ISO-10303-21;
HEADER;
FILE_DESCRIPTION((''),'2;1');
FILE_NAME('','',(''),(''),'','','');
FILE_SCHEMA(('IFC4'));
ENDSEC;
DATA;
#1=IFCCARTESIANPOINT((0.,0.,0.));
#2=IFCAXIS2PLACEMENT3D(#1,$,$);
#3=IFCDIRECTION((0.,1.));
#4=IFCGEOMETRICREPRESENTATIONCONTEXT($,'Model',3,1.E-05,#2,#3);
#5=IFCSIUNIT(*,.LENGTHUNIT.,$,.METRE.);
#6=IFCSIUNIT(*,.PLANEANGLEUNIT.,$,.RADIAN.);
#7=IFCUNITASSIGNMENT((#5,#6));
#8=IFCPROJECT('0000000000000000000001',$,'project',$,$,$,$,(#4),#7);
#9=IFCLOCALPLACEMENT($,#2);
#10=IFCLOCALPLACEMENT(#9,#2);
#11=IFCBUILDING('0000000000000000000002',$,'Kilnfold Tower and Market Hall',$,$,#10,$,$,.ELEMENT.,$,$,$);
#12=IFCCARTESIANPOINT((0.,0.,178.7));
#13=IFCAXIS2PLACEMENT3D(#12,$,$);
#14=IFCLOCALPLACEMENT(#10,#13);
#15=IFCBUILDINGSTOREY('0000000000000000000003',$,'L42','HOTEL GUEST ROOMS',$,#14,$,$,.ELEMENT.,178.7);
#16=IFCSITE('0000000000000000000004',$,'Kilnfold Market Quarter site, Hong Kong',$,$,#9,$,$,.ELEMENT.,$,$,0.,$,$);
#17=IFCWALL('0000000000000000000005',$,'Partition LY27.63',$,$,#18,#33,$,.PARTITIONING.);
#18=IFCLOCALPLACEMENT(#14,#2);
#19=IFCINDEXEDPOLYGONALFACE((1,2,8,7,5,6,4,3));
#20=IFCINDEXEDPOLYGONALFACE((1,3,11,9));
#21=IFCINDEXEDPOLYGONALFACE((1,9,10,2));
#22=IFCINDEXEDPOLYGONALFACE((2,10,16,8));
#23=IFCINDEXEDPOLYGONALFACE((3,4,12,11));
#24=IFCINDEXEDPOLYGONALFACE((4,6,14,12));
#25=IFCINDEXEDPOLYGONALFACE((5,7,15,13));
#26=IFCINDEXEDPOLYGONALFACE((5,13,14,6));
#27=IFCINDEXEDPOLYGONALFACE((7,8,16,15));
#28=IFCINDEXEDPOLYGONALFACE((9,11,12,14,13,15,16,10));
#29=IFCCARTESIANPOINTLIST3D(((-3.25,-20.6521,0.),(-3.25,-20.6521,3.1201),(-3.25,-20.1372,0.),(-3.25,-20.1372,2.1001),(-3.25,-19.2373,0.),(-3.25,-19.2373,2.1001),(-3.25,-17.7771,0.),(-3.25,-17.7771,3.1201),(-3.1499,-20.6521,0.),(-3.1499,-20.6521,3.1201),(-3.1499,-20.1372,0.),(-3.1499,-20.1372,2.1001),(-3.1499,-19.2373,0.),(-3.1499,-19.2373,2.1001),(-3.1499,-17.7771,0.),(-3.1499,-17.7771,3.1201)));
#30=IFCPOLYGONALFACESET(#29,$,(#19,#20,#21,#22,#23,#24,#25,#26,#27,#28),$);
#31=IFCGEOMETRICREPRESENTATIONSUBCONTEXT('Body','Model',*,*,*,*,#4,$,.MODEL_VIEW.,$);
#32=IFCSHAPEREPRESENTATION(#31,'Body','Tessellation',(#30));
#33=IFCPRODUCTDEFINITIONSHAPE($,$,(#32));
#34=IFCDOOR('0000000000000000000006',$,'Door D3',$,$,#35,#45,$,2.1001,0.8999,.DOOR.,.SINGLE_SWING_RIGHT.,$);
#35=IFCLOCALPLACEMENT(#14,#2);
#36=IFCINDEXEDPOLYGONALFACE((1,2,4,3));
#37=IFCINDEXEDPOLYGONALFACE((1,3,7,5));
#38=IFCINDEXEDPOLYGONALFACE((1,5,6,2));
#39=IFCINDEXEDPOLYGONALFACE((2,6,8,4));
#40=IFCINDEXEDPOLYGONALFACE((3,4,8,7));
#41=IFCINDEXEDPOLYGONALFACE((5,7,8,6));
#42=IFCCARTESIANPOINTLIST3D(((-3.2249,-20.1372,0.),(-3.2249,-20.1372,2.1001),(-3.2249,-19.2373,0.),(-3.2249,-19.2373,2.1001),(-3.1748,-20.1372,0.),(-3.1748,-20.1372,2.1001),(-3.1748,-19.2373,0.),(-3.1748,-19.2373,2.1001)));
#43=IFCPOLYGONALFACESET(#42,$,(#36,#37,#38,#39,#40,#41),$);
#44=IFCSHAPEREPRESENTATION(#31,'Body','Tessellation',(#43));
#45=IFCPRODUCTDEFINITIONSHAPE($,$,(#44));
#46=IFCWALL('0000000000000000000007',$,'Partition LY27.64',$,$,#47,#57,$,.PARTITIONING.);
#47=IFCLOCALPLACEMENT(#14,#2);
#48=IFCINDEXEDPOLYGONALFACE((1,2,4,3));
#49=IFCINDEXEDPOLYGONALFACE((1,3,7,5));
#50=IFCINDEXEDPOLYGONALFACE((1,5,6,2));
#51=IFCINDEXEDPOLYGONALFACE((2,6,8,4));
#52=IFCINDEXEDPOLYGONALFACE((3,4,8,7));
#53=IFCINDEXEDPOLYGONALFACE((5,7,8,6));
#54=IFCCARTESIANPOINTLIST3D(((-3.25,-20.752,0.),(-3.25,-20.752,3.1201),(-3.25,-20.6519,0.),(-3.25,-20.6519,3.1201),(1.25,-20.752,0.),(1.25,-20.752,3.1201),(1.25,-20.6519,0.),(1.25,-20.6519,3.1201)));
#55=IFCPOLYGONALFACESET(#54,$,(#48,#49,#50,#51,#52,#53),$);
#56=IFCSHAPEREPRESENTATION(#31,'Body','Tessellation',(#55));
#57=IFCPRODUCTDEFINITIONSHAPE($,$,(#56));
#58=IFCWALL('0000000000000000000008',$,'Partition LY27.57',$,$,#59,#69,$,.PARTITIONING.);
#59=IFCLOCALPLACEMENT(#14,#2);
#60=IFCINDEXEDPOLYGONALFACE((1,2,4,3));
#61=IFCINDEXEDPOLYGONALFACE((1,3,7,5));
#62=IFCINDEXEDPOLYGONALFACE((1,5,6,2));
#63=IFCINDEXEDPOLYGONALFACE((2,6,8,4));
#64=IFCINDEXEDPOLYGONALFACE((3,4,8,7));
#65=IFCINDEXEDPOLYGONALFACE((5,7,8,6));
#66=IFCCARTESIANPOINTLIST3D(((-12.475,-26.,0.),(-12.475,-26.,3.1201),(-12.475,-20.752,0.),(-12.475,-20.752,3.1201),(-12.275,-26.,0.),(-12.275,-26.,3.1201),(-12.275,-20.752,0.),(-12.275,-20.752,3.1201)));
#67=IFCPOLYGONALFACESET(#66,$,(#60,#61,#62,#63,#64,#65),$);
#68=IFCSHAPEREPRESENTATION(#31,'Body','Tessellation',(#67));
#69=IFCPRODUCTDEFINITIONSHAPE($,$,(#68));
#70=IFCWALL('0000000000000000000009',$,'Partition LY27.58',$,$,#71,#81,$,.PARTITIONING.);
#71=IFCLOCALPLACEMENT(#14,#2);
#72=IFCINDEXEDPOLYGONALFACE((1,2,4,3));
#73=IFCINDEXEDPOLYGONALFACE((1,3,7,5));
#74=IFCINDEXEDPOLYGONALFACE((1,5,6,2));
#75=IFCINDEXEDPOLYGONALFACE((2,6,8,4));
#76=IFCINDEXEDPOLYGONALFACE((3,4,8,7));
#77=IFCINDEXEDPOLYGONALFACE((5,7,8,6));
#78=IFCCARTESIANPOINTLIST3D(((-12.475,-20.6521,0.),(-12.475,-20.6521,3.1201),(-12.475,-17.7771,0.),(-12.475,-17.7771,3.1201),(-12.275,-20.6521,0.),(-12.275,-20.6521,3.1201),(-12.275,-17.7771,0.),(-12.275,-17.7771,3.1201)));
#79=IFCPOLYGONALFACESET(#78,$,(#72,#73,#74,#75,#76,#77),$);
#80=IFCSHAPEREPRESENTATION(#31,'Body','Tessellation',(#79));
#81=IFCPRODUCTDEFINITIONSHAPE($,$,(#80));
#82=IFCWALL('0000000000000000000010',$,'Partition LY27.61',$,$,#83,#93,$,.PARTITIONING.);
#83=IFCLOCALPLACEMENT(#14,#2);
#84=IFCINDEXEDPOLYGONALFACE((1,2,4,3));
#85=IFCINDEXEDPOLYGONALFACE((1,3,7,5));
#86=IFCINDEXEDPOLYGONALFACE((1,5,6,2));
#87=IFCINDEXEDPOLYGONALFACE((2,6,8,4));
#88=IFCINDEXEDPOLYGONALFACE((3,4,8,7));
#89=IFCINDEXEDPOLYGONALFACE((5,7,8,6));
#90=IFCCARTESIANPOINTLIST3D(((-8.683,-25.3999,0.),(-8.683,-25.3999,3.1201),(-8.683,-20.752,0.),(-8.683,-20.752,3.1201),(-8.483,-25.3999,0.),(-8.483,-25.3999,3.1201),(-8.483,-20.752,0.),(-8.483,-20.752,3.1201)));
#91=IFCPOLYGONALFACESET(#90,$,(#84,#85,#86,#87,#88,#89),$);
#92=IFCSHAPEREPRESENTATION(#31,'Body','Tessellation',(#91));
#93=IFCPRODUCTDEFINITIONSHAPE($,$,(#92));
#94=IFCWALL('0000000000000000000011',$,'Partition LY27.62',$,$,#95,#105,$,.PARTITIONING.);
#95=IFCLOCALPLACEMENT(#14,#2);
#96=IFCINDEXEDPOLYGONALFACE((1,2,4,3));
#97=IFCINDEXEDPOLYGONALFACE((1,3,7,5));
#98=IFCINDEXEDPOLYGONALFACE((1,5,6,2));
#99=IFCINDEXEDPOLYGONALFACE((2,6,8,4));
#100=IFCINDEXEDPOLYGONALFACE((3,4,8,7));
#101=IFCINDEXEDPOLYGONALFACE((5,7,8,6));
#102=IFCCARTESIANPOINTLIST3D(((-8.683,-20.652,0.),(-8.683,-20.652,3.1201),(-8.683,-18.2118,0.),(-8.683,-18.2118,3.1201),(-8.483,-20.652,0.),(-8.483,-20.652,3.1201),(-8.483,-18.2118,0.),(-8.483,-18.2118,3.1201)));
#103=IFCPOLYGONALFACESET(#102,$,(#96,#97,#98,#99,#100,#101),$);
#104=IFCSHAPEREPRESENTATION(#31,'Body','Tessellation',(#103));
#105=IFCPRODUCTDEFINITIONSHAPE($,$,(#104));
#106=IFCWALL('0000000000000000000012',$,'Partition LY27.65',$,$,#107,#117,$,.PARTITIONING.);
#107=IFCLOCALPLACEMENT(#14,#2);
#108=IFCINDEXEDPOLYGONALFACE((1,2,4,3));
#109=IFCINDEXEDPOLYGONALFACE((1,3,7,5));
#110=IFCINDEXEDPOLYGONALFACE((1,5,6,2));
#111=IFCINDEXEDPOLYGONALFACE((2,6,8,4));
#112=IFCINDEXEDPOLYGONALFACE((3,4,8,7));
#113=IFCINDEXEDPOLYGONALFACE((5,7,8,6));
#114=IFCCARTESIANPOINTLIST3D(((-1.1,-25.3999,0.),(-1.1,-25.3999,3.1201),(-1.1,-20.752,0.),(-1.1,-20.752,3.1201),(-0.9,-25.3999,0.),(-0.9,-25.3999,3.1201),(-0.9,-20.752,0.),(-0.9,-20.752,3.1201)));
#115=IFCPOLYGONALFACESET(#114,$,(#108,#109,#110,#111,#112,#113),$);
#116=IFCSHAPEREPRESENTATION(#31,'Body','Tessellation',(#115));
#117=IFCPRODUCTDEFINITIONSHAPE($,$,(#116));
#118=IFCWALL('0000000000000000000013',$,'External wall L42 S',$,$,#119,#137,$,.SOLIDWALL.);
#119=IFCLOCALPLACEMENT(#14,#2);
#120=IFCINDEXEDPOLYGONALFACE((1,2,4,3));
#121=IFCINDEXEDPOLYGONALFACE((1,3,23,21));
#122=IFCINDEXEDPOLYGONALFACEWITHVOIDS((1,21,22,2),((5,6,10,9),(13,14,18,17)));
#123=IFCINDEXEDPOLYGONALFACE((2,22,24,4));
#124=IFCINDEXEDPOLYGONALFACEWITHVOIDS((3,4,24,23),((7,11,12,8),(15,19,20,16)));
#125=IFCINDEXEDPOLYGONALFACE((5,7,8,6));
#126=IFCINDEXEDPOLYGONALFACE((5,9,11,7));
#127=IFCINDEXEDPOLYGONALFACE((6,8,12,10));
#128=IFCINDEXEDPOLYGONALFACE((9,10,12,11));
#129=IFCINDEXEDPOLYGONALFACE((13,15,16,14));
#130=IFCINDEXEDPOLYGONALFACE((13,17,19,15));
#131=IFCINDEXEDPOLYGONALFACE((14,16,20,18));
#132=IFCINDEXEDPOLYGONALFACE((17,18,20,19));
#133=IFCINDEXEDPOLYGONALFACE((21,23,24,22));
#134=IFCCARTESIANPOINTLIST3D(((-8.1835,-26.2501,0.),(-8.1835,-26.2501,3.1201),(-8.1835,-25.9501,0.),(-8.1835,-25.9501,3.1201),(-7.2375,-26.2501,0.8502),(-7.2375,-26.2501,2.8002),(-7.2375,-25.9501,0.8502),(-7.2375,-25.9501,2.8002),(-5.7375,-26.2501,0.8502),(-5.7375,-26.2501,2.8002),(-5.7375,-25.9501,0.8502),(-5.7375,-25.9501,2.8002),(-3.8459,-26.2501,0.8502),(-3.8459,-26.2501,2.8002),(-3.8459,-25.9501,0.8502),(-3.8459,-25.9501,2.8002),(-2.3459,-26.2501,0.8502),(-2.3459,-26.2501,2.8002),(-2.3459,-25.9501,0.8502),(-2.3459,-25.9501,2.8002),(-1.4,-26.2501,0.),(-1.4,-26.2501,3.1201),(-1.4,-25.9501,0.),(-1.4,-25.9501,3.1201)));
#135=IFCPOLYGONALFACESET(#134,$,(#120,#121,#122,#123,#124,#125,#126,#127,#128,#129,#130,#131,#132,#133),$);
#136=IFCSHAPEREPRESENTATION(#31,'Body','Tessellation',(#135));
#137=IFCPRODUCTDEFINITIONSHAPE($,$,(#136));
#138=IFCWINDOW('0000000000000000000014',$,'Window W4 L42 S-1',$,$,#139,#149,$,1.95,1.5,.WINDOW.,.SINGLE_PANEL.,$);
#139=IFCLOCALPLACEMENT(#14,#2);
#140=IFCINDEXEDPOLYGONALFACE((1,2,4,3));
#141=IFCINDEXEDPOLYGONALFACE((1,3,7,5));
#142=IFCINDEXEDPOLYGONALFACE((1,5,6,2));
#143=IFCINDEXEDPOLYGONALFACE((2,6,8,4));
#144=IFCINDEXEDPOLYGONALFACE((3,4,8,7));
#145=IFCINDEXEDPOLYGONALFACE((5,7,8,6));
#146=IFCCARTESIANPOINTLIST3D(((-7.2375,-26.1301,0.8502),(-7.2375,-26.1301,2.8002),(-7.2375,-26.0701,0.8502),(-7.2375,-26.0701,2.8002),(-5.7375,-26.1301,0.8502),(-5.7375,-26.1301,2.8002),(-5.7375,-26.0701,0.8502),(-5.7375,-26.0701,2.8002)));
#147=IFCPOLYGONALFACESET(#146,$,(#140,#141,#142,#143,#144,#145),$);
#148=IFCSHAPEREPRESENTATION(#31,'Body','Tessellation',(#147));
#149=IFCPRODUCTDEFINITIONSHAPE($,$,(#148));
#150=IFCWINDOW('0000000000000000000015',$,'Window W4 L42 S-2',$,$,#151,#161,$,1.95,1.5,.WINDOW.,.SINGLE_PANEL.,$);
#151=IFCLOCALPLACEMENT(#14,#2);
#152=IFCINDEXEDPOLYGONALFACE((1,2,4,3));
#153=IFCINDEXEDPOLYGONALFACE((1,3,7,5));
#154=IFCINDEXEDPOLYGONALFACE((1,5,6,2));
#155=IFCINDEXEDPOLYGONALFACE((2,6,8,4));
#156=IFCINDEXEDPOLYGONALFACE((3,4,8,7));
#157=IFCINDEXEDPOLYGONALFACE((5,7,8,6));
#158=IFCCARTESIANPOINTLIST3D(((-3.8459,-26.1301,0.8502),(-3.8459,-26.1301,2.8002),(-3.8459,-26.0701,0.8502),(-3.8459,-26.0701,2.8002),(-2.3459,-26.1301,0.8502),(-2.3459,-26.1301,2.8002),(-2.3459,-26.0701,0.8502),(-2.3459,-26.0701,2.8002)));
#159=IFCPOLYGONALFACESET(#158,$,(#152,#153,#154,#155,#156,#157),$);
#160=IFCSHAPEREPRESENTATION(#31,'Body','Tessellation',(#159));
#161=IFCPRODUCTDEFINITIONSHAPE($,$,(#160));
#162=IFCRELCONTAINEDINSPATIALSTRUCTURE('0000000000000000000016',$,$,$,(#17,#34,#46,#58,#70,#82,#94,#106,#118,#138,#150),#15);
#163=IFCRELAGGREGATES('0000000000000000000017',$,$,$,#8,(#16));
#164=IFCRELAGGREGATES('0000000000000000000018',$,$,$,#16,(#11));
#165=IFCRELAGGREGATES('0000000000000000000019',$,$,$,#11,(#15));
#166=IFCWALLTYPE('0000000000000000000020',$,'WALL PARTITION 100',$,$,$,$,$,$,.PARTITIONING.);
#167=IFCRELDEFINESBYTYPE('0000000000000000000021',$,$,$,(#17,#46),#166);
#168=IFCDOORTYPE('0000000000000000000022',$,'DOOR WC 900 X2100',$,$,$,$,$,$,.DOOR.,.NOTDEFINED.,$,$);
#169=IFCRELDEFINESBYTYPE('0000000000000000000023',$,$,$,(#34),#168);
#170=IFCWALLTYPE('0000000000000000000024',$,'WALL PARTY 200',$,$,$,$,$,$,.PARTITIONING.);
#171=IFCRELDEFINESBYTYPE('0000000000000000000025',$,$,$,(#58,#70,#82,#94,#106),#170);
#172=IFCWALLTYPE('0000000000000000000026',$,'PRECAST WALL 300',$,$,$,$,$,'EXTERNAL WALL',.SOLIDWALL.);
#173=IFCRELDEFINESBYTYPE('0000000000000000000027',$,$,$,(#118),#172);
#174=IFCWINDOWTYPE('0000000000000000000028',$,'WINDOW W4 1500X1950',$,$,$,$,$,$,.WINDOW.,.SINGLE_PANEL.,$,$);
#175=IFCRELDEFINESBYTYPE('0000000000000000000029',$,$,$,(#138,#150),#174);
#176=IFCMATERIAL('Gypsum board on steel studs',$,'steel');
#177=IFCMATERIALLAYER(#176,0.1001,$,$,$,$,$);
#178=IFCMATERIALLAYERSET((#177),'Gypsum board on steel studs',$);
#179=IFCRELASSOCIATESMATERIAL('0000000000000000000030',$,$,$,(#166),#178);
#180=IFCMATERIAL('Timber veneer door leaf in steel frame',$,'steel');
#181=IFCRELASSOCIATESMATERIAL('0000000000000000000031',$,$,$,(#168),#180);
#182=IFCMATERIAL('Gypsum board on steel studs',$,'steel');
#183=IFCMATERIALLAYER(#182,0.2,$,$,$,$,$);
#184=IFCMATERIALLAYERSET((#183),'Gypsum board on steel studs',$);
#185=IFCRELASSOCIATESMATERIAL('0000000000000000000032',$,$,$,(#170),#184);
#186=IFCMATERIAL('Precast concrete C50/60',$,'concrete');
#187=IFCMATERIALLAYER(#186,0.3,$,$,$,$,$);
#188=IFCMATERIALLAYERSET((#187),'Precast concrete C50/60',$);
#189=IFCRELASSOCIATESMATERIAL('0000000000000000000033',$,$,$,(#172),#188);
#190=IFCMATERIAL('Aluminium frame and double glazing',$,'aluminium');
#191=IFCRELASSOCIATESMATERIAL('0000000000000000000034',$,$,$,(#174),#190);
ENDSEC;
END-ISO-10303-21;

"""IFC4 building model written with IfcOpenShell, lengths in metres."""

from ifc_helpers import new_model, si_unit, direction, frame, frame_2d, origin, place, context, subcontext, project, spatial, rectangle, extrude, source, transform, mapped, material, layer, layer_set, type_object, element, fill, save


model = new_model("IFC4")

# Units and contexts
model_context = context("Model", 3, precision=1e-05, world=origin(), true_north=direction((0.0, 1.0)))
body_context = subcontext(model_context, "Body", "Model", "MODEL_VIEW")
ifc_project = project(units=[si_unit("LENGTHUNIT", "METRE"), si_unit("PLANEANGLEUNIT", "RADIAN")], contexts=[model_context])

# Site, building, storey
site_placement = place(None, origin())
site = spatial("IfcSite", under=ifc_project, at=site_placement, Name="Kilnfold Market Quarter site, Hong Kong", CompositionType="ELEMENT", RefElevation=0.0)
building_placement = place(site_placement, origin())
building = spatial("IfcBuilding", under=site, at=building_placement, Name="Kilnfold Tower and Market Hall", CompositionType="ELEMENT")
storey_placement = place(building_placement, frame((0.0, 0.0, 178.7)))
storey = spatial("IfcBuildingStorey", under=building, at=storey_placement, Name="L42", Description="HOTEL GUEST ROOMS", CompositionType="ELEMENT", Elevation=178.7)

# Shared definitions
ifc_material_1 = material(Name="Gypsum board on steel studs", Category="steel")
ifc_layer_1 = layer(ifc_material_1, 0.1001)
ifc_layer_set_1 = layer_set([ifc_layer_1], Name="Gypsum board on steel studs")
wall_type_1 = type_object("IfcWallType", Name="WALL PARTITION 100", PredefinedType="PARTITIONING", material=ifc_layer_set_1)
ifc_material_2 = material(Name="Timber veneer door leaf in steel frame", Category="steel")
door_type = type_object("IfcDoorType", Name="DOOR WC 900 X2100", OperationType="NOTDEFINED", PredefinedType="DOOR", material=ifc_material_2)

# Wall, opening, door
wall_1_placement = place(storey_placement, frame((-3.2, -20.6521, 0.0), z_axis=(0.0, 0.0, 1.0), x_axis=(0.0, 1.0, 0.0)))
wall_1 = element("IfcWall", 1, at=wall_1_placement, inside=storey, type_object=wall_type_1, Name="Partition LY27.63", PredefinedType="PARTITIONING", context=body_context, shape_type="SweptSolid", body=[
    extrude(rectangle(XDim=2.875, YDim=0.1001, at=frame_2d((1.4375, 0.0))), origin(), (0.0, 0.0, 1.0), 3.1201),
])
opening_1_placement = place(wall_1_placement, frame((0.5149, 0.0, 0.0)))
opening_1 = element("IfcOpeningElement", 2, at=opening_1_placement, cuts=wall_1, PredefinedType="OPENING", context=body_context, shape_type="SweptSolid", body=[
    extrude(rectangle(XDim=0.8999, YDim=2.1001, at=frame_2d((0.45, 1.05))), frame((0.0, 0.0601, 0.0), z_axis=(0.0, -1.0, 0.0), x_axis=(1.0, 0.0, 0.0)), (0.0, 0.0, 1.0), 0.1201),
])
door_1_placement = place(opening_1_placement, origin())
door_1 = element("IfcDoor", 3, at=door_1_placement, inside=storey, type_object=door_type, Name="Door D3", OperationType="SINGLE_SWING_RIGHT", OverallHeight=2.1001, OverallWidth=0.8999, PredefinedType="DOOR", context=body_context, shape_type="SweptSolid", body=[
    extrude(rectangle(XDim=0.8999, YDim=2.1001, at=frame_2d((0.45, 1.05))), frame((0.0, 0.0249, 0.0), z_axis=(0.0, -1.0, 0.0), x_axis=(1.0, 0.0, 0.0)), (0.0, 0.0, 1.0), 0.05),
])
fill(opening_1, door_1)

# Walls
wall_2_placement = place(storey_placement, frame((-3.25, -20.7019, 0.0), z_axis=(0.0, 0.0, 1.0), x_axis=(1.0, 0.0, 0.0)))
element("IfcWall", 4, at=wall_2_placement, inside=storey, type_object=wall_type_1, Name="Partition LY27.64", PredefinedType="PARTITIONING", context=body_context, shape_type="SweptSolid", body=[
    extrude(rectangle(XDim=4.5, YDim=0.1001, at=frame_2d((2.25, 0.0))), origin(), (0.0, 0.0, 1.0), 3.1201),
])
ifc_material_3 = material(Name="Gypsum board on steel studs", Category="steel")
ifc_layer_2 = layer(ifc_material_3, 0.2)
ifc_layer_set_2 = layer_set([ifc_layer_2], Name="Gypsum board on steel studs")
wall_type_2 = type_object("IfcWallType", Name="WALL PARTY 200", PredefinedType="PARTITIONING", material=ifc_layer_set_2)
wall_3_placement = place(storey_placement, frame((-12.375, -26.0, 0.0), z_axis=(0.0, 0.0, 1.0), x_axis=(0.0, 1.0, 0.0)))
element("IfcWall", 5, at=wall_3_placement, inside=storey, type_object=wall_type_2, Name="Partition LY27.57", PredefinedType="PARTITIONING", context=body_context, shape_type="SweptSolid", body=[
    extrude(rectangle(XDim=5.248, YDim=0.2, at=frame_2d((2.624, 0.0))), origin(), (0.0, 0.0, 1.0), 3.1201),
])
wall_4_placement = place(storey_placement, frame((-12.375, -20.6521, 0.0), z_axis=(0.0, 0.0, 1.0), x_axis=(0.0, 1.0, 0.0)))
element("IfcWall", 6, at=wall_4_placement, inside=storey, type_object=wall_type_2, Name="Partition LY27.58", PredefinedType="PARTITIONING", context=body_context, shape_type="SweptSolid", body=[
    extrude(rectangle(XDim=2.875, YDim=0.2, at=frame_2d((1.4375, 0.0))), origin(), (0.0, 0.0, 1.0), 3.1201),
])
wall_5_placement = place(storey_placement, frame((-8.583, -25.3999, 0.0), z_axis=(0.0, 0.0, 1.0), x_axis=(0.0, 1.0, 0.0)))
element("IfcWall", 7, at=wall_5_placement, inside=storey, type_object=wall_type_2, Name="Partition LY27.61", PredefinedType="PARTITIONING", context=body_context, shape_type="SweptSolid", body=[
    extrude(rectangle(XDim=4.6479, YDim=0.2, at=frame_2d((2.324, 0.0))), origin(), (0.0, 0.0, 1.0), 3.1201),
])
wall_6_placement = place(storey_placement, frame((-8.583, -20.6521, 0.0), z_axis=(0.0, 0.0, 1.0), x_axis=(0.0, 1.0, 0.0)))
element("IfcWall", 8, at=wall_6_placement, inside=storey, type_object=wall_type_2, Name="Partition LY27.62", PredefinedType="PARTITIONING", context=body_context, shape_type="SweptSolid", body=[
    extrude(rectangle(XDim=2.4402, YDim=0.2, at=frame_2d((1.2202, 0.0))), origin(), (0.0, 0.0, 1.0), 3.1201),
])
wall_7_placement = place(storey_placement, frame((-1.0, -25.3999, 0.0), z_axis=(0.0, 0.0, 1.0), x_axis=(0.0, 1.0, 0.0)))
element("IfcWall", 9, at=wall_7_placement, inside=storey, type_object=wall_type_2, Name="Partition LY27.65", PredefinedType="PARTITIONING", context=body_context, shape_type="SweptSolid", body=[
    extrude(rectangle(XDim=4.6479, YDim=0.2, at=frame_2d((2.324, 0.0))), origin(), (0.0, 0.0, 1.0), 3.1201),
])

# Wall, openings, windows
ifc_material_4 = material(Name="Precast concrete C50/60", Category="concrete")
ifc_layer_3 = layer(ifc_material_4, 0.3)
ifc_layer_set_3 = layer_set([ifc_layer_3], Name="Precast concrete C50/60")
wall_type_3 = type_object("IfcWallType", Name="PRECAST WALL 300", ElementType="EXTERNAL WALL", PredefinedType="SOLIDWALL", material=ifc_layer_set_3)
shared_shape_1 = source(origin(), body_context, "Body", "SweptSolid", [
    extrude(rectangle(XDim=6.7834, YDim=0.3, at=frame_2d((3.3916, 0.0))), origin(), (0.0, 0.0, 1.0), 3.1201),
])
wall_8_placement = place(storey_placement, frame((-8.1833, -26.1001, 0.0), z_axis=(0.0, 0.0, 1.0), x_axis=(1.0, 0.0, 0.0)))
wall_8 = element("IfcWall", 10, at=wall_8_placement, inside=storey, type_object=wall_type_3, Name="External wall L42 S", PredefinedType="SOLIDWALL", context=body_context, shape_type="MappedRepresentation", body=[
    mapped(shared_shape_1, transform((0.0, 0.0, 0.0))),
])
opening_2_placement = place(wall_8_placement, frame((0.9458, 0.0, 0.8501)))
opening_2 = element("IfcOpeningElement", 11, at=opening_2_placement, cuts=wall_8, PredefinedType="OPENING", context=body_context, shape_type="SweptSolid", body=[
    extrude(rectangle(XDim=1.5, YDim=1.95, at=frame_2d((0.75, 0.9751))), frame((0.0, 0.1602, 0.0), z_axis=(0.0, -1.0, 0.0), x_axis=(1.0, 0.0, 0.0)), (0.0, 0.0, 1.0), 0.3201),
])
opening_3_placement = place(wall_8_placement, frame((4.3374, 0.0, 0.8501)))
opening_3 = element("IfcOpeningElement", 12, at=opening_3_placement, cuts=wall_8, PredefinedType="OPENING", context=body_context, shape_type="SweptSolid", body=[
    extrude(rectangle(XDim=1.5, YDim=1.95, at=frame_2d((0.75, 0.9751))), frame((0.0, 0.1602, 0.0), z_axis=(0.0, -1.0, 0.0), x_axis=(1.0, 0.0, 0.0)), (0.0, 0.0, 1.0), 0.3201),
])
ifc_material_5 = material(Name="Aluminium frame and double glazing", Category="aluminium")
window_type = type_object("IfcWindowType", Name="WINDOW W4 1500X1950", PartitioningType="SINGLE_PANEL", PredefinedType="WINDOW", material=ifc_material_5)
window_1_placement = place(opening_2_placement, origin())
window_1 = element("IfcWindow", 13, at=window_1_placement, inside=storey, type_object=window_type, Name="Window W4 L42 S-1", OverallHeight=1.95, OverallWidth=1.5, PartitioningType="SINGLE_PANEL", PredefinedType="WINDOW", context=body_context, shape_type="SweptSolid", body=[
    extrude(rectangle(XDim=1.5, YDim=1.95, at=frame_2d((0.75, 0.9751))), frame((0.0, 0.03, 0.0), z_axis=(0.0, -1.0, 0.0), x_axis=(1.0, 0.0, 0.0)), (0.0, 0.0, 1.0), 0.0601),
])
fill(opening_2, window_1)
window_2_placement = place(opening_3_placement, origin())
window_2 = element("IfcWindow", 14, at=window_2_placement, inside=storey, type_object=window_type, Name="Window W4 L42 S-2", OverallHeight=1.95, OverallWidth=1.5, PartitioningType="SINGLE_PANEL", PredefinedType="WINDOW", context=body_context, shape_type="SweptSolid", body=[
    extrude(rectangle(XDim=1.5, YDim=1.95, at=frame_2d((0.75, 0.9751))), frame((0.0, 0.03, 0.0), z_axis=(0.0, -1.0, 0.0), x_axis=(1.0, 0.0, 0.0)), (0.0, 0.0, 1.0), 0.0601),
])
fill(opening_3, window_2)

save(model, "model.ifc")
